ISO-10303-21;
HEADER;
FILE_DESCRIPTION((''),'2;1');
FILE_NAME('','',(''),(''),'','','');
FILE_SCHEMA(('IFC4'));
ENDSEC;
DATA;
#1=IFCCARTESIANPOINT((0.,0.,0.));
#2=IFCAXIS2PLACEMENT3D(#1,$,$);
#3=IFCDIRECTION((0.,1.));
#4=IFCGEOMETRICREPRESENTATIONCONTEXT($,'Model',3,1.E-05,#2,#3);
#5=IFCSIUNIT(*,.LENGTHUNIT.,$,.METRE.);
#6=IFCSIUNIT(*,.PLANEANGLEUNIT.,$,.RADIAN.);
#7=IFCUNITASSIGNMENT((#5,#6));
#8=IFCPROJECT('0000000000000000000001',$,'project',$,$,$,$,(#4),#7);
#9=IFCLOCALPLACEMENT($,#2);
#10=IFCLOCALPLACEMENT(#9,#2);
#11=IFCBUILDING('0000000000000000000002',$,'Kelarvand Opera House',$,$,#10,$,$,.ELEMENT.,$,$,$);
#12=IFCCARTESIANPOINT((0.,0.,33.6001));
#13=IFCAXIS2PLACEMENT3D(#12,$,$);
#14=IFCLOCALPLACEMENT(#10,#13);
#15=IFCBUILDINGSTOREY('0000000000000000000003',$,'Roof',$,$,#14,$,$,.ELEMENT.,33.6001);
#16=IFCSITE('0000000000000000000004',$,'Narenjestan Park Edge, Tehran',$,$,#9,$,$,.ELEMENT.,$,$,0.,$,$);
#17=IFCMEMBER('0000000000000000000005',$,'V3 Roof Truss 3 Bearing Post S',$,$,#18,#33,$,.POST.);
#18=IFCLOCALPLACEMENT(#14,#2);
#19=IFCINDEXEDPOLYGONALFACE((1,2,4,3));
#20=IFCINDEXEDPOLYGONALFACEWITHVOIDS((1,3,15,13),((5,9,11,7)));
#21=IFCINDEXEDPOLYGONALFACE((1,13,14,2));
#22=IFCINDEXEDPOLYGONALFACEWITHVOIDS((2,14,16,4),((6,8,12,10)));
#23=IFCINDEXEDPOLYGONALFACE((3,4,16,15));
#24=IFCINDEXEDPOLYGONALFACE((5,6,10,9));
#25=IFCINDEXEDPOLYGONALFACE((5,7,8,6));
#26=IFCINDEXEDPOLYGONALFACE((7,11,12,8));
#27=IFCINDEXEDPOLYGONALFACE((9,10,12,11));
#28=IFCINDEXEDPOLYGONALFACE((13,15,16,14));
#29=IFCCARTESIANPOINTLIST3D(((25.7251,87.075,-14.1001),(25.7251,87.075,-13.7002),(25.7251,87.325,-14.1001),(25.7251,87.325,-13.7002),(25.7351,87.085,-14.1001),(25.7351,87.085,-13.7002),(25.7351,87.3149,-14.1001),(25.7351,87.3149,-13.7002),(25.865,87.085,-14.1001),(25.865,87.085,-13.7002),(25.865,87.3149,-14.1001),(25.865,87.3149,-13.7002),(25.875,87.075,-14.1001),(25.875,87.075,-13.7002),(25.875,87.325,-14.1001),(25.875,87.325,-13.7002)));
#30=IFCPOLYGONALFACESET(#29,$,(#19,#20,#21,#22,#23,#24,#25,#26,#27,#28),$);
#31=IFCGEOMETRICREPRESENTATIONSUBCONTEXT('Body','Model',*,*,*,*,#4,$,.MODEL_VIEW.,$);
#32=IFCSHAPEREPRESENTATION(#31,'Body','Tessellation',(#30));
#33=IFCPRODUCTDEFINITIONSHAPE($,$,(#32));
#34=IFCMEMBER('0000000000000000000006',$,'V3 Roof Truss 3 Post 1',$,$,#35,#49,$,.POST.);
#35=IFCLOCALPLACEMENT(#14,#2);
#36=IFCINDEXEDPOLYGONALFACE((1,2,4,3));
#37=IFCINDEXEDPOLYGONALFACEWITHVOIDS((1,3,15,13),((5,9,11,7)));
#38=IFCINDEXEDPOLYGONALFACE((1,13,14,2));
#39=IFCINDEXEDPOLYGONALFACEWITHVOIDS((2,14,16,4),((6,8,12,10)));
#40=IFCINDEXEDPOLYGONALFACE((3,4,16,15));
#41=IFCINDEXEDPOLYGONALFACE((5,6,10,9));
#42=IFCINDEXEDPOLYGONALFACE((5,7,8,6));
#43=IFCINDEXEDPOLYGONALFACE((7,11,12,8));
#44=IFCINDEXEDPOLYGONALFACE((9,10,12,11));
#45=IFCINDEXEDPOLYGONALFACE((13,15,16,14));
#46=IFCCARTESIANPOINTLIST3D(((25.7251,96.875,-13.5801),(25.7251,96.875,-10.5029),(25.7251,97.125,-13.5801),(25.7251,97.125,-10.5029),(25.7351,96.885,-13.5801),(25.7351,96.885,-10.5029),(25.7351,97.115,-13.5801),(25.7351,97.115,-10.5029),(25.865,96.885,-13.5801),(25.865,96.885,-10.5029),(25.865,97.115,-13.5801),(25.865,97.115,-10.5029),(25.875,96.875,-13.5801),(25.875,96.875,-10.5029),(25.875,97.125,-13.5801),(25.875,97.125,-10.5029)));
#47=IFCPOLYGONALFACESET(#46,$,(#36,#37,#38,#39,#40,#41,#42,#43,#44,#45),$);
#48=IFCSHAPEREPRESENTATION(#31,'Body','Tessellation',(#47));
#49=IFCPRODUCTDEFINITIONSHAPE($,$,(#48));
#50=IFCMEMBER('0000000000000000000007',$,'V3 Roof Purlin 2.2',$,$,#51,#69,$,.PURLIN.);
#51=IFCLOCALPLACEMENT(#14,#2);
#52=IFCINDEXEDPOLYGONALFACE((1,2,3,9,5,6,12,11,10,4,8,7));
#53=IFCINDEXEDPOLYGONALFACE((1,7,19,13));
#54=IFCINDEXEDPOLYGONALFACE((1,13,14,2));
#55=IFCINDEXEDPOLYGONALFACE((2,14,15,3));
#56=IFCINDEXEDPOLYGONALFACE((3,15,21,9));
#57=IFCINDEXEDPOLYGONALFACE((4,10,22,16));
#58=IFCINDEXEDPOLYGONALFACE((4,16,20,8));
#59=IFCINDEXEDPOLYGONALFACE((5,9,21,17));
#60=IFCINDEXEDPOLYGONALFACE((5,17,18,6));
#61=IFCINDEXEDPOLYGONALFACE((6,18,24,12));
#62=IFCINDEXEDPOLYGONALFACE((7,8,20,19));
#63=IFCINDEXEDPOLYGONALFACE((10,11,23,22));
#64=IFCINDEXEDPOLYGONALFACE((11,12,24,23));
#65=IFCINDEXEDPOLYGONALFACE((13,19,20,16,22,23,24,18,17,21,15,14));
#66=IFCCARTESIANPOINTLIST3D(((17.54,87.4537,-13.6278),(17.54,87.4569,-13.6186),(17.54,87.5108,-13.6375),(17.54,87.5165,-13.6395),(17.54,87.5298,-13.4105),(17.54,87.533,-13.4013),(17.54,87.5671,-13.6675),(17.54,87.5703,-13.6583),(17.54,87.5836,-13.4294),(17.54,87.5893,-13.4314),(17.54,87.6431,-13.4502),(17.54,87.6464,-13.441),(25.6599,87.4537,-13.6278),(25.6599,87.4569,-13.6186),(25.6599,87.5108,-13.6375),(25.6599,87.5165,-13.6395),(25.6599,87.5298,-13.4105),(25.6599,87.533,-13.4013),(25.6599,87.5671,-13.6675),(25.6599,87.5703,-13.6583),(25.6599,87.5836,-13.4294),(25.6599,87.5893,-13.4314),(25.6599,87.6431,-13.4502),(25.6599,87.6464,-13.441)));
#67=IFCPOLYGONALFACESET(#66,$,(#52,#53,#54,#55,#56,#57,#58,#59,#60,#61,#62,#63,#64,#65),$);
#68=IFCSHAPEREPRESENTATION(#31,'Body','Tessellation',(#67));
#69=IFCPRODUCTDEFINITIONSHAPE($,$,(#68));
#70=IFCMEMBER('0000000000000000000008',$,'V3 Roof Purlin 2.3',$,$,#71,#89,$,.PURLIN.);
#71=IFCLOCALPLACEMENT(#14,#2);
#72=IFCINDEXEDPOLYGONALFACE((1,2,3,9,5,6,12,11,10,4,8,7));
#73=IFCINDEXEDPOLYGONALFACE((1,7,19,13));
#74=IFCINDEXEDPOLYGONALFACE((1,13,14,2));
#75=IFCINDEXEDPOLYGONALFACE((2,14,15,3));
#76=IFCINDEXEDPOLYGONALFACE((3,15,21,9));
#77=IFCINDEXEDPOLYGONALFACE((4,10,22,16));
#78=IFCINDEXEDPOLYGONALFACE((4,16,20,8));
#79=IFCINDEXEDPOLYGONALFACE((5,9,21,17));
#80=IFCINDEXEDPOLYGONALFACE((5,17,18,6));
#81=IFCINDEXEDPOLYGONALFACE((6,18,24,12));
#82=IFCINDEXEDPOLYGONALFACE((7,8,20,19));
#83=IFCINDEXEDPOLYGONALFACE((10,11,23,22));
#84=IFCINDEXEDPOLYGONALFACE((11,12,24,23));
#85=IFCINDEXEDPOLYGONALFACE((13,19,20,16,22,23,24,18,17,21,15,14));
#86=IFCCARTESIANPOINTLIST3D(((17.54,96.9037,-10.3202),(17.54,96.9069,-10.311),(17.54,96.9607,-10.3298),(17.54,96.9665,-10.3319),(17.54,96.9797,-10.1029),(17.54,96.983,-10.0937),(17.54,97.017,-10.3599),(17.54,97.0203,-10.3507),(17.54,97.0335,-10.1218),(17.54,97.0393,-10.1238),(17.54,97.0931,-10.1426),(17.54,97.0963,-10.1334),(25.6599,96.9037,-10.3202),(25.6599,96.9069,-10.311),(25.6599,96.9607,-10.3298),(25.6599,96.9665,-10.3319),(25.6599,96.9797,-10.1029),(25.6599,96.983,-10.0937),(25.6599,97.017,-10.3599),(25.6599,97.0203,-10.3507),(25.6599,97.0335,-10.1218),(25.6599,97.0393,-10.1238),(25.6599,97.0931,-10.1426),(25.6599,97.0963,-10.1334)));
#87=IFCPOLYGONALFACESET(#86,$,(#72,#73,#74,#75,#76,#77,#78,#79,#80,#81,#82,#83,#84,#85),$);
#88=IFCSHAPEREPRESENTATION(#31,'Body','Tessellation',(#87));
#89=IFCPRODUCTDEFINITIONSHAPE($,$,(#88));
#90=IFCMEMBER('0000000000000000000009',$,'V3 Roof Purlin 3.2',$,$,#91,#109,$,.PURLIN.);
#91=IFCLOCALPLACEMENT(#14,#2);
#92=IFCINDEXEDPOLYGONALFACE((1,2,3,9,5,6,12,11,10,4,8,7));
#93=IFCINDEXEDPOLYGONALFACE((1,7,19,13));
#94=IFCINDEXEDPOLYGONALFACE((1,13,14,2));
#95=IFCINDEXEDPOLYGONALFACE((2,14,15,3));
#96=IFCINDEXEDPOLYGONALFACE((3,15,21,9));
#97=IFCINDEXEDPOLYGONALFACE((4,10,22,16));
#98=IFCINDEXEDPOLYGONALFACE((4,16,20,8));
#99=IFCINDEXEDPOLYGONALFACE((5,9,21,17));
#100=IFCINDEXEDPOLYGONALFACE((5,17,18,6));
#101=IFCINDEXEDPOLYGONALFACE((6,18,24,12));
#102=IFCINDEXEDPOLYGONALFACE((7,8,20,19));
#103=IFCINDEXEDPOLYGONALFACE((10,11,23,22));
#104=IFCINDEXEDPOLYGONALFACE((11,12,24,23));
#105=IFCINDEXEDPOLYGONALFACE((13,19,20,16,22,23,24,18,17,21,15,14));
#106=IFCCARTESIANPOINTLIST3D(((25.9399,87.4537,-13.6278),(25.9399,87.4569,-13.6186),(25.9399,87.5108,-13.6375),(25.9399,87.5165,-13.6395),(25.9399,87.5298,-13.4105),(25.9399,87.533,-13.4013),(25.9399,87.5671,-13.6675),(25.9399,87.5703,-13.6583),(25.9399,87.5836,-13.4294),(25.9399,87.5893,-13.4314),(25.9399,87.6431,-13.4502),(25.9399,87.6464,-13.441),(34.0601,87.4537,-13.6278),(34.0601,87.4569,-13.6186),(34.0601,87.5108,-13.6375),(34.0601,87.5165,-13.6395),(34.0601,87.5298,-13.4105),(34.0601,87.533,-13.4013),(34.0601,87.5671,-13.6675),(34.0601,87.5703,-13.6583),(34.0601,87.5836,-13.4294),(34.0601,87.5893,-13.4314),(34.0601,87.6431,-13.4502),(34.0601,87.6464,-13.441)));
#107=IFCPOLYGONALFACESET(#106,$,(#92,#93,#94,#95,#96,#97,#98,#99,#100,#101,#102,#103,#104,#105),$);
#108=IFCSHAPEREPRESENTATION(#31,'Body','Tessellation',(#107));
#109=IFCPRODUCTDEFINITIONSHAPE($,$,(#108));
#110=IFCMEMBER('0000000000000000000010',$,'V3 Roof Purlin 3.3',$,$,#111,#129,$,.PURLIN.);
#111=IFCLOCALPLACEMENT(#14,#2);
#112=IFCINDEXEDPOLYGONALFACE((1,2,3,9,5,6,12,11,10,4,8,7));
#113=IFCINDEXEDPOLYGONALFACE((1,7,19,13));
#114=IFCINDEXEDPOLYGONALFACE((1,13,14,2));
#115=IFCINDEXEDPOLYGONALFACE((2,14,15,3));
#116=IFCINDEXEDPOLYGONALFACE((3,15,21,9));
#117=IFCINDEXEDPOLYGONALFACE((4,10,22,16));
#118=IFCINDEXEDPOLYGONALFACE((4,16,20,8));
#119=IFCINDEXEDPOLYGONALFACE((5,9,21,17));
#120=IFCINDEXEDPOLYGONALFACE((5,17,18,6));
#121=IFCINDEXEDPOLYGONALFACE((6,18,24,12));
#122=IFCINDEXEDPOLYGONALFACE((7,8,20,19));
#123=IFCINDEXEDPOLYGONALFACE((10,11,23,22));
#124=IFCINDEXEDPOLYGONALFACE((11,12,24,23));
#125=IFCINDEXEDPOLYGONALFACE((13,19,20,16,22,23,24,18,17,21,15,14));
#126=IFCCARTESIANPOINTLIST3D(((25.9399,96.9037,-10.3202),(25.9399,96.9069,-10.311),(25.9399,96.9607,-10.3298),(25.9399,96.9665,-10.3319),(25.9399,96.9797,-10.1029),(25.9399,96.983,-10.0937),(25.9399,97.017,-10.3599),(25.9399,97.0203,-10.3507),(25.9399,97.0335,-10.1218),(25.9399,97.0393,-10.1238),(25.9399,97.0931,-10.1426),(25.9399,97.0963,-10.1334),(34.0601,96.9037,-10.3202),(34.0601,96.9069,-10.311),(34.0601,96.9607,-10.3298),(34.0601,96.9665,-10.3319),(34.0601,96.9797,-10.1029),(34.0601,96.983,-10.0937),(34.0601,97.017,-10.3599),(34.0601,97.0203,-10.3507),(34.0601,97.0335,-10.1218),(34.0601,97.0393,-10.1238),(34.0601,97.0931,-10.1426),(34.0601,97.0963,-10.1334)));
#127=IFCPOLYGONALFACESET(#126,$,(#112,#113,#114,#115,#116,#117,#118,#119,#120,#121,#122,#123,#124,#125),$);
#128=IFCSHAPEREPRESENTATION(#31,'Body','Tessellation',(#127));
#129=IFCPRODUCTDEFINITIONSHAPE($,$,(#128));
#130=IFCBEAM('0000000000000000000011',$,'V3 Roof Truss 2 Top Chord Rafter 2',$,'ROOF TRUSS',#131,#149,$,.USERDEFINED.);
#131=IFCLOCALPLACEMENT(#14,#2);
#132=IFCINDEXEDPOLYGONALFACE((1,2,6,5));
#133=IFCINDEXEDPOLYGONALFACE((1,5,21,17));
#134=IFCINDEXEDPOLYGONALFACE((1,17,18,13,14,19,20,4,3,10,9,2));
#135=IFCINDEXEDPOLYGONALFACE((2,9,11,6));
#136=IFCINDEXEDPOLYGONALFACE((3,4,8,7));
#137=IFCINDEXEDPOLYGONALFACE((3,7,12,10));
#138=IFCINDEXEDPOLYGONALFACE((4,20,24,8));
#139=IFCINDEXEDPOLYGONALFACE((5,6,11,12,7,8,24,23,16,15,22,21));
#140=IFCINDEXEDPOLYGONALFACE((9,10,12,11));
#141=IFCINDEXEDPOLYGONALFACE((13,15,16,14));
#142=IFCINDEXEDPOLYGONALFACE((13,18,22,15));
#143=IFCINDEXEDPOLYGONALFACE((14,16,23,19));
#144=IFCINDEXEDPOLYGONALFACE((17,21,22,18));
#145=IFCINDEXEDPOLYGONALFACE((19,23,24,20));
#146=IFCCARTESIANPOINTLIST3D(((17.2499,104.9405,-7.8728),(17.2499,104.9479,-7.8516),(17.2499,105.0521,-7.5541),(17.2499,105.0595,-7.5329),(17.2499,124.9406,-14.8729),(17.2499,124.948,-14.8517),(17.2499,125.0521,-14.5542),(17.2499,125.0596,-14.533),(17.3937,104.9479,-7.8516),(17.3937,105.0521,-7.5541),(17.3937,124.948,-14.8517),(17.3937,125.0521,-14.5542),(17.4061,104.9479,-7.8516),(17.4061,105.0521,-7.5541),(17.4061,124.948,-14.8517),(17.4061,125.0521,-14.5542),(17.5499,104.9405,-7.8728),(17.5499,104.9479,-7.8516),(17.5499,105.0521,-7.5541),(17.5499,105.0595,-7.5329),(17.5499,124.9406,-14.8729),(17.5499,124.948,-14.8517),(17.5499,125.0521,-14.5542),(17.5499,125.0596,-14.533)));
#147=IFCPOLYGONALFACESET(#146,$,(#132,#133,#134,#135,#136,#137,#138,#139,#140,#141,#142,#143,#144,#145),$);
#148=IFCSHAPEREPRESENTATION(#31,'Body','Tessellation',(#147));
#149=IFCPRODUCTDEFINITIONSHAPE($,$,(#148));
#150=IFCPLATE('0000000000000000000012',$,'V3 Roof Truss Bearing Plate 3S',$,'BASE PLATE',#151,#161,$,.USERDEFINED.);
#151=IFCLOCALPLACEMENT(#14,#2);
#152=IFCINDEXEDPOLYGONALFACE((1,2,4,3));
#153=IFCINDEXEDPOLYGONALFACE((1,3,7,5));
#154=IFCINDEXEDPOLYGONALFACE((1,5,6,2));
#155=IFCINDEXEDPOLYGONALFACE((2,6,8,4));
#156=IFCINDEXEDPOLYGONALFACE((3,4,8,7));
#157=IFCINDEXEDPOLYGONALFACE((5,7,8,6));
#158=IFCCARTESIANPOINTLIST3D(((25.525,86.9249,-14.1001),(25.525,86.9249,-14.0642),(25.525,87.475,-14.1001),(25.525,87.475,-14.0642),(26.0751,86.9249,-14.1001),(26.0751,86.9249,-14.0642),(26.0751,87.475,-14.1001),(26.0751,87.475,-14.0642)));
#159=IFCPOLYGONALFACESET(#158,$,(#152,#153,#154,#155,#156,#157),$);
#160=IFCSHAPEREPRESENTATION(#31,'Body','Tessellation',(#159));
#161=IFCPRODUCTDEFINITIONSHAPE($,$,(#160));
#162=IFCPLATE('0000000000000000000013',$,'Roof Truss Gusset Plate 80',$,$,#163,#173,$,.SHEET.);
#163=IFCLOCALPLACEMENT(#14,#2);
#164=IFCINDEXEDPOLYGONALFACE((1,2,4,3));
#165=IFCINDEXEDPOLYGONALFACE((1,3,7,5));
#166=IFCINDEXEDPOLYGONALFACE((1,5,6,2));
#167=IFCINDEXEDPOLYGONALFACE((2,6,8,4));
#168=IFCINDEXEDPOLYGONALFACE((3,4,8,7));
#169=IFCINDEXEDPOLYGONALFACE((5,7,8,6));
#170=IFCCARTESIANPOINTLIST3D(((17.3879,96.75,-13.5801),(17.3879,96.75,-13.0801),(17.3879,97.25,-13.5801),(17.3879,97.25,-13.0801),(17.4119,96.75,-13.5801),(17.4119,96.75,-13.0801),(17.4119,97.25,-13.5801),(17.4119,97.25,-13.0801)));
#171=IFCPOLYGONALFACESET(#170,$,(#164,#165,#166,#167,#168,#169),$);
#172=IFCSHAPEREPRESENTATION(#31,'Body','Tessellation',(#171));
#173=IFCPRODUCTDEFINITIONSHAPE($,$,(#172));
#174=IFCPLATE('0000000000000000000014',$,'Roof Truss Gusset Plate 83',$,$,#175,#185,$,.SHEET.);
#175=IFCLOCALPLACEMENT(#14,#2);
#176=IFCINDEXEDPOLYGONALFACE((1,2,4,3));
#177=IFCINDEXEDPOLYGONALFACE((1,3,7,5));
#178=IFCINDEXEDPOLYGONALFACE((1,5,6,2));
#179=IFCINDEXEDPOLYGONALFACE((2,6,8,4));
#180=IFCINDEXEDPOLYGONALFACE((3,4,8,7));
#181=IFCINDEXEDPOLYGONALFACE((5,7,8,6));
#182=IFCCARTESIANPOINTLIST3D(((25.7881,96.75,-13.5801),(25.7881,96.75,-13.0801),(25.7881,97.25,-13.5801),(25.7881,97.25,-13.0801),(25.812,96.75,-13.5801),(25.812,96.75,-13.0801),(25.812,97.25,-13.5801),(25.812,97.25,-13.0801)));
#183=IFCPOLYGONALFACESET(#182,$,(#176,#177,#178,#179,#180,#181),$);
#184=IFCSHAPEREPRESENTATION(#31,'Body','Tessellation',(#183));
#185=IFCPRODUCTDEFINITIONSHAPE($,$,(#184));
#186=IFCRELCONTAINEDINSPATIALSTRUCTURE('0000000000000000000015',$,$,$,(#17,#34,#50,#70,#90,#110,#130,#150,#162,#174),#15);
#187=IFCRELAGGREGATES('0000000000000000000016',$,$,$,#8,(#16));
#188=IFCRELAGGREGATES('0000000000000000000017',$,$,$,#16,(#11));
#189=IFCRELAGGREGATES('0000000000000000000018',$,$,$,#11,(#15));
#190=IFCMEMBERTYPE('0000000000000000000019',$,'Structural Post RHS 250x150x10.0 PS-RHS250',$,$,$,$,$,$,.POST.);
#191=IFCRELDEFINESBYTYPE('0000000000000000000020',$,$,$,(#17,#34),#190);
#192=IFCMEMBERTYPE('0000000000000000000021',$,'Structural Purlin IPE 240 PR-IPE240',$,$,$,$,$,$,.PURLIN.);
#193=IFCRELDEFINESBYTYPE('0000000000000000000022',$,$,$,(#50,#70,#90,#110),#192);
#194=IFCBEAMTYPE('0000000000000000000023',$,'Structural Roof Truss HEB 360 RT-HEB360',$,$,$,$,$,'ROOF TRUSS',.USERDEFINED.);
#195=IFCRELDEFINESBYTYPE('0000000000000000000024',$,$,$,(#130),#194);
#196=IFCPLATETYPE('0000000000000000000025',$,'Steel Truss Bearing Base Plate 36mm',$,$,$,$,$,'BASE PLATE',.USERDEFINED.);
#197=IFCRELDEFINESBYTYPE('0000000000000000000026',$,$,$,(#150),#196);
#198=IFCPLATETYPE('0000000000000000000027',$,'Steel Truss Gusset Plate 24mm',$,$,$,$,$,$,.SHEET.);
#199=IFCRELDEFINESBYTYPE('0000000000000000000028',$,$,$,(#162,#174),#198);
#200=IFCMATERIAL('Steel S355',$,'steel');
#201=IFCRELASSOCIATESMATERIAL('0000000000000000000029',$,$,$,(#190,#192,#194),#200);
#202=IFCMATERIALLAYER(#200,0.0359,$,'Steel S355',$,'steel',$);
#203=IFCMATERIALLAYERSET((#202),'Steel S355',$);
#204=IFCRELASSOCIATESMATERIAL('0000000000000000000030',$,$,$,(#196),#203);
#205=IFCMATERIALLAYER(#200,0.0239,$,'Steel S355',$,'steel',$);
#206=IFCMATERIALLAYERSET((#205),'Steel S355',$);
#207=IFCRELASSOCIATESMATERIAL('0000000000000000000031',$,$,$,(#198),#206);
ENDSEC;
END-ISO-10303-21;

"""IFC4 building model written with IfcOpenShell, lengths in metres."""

from ifc_helpers import new_model, si_unit, direction, frame, origin, origin_2d, place, context, subcontext, project, spatial, rectangle, hollow_rectangle, i_section, extrude, material, layer, layer_set, material_profile, profile_set, type_object, element, save


model = new_model("IFC4")

# Units and contexts
model_context = context("Model", 3, precision=1e-05, world=origin(), true_north=direction((0.0, 1.0)))
body_context = subcontext(model_context, "Body", "Model", "MODEL_VIEW")
ifc_project = project(units=[si_unit("LENGTHUNIT", "METRE"), si_unit("PLANEANGLEUNIT", "RADIAN")], contexts=[model_context])

# Site, building, storey
site_placement = place(None, origin())
site = spatial("IfcSite", under=ifc_project, at=site_placement, Name="Narenjestan Park Edge, Tehran", CompositionType="ELEMENT", RefElevation=0.0)
building_placement = place(site_placement, origin())
building = spatial("IfcBuilding", under=site, at=building_placement, Name="Kelarvand Opera House", CompositionType="ELEMENT")
storey_placement = place(building_placement, frame((0.0, 0.0, 33.6001)))
storey = spatial("IfcBuildingStorey", under=building, at=storey_placement, Name="Roof", CompositionType="ELEMENT", Elevation=33.6001)

# Members
ifc_material = material(Name="Steel S355", Category="steel")
ifc_material_profile_1 = material_profile(ifc_material, hollow_rectangle(XDim=0.1499, YDim=0.25, WallThickness=0.01, at=origin_2d()), Name="RHS 250x150x10.0", Category="steel")
ifc_profile_set_1 = profile_set([ifc_material_profile_1], Name="Steel S355")
member_type_1 = type_object("IfcMemberType", Name="Structural Post RHS 250x150x10.0 PS-RHS250", PredefinedType="POST", material=ifc_profile_set_1)
member_1_placement = place(storey_placement, frame((25.8, 87.2, -14.1001), z_axis=(0.0, 0.0, 1.0), x_axis=(1.0, 0.0, 0.0)))
element("IfcMember", 1, at=member_1_placement, inside=storey, type_object=member_type_1, Name="V3 Roof Truss 3 Bearing Post S", PredefinedType="POST", context=body_context, shape_type="SweptSolid", body=[
    extrude(hollow_rectangle(XDim=0.1499, YDim=0.25, WallThickness=0.01, at=origin_2d()), origin(), (0.0, 0.0, 1.0), 0.3999),
])
member_2_placement = place(storey_placement, frame((25.8, 97.0, -13.5801), z_axis=(0.0, 0.0, 1.0), x_axis=(1.0, 0.0, 0.0)))
element("IfcMember", 2, at=member_2_placement, inside=storey, type_object=member_type_1, Name="V3 Roof Truss 3 Post 1", PredefinedType="POST", context=body_context, shape_type="SweptSolid", body=[
    extrude(hollow_rectangle(XDim=0.1499, YDim=0.25, WallThickness=0.01, at=origin_2d()), origin(), (0.0, 0.0, 1.0), 3.0771),
])
ifc_material_profile_2 = material_profile(ifc_material, i_section(OverallWidth=0.1201, OverallDepth=0.24, WebThickness=0.0061, FlangeThickness=0.0098, at=origin_2d()), Name="IPE 240", Category="steel")
ifc_profile_set_2 = profile_set([ifc_material_profile_2], Name="Steel S355")
member_type_2 = type_object("IfcMemberType", Name="Structural Purlin IPE 240 PR-IPE240", PredefinedType="PURLIN", material=ifc_profile_set_2)
for number, where, z_axis, x_axis, name in (
    (3, (17.54, 87.55, -13.5344), (1.0, 0.0, 0.0), (0.0, 0.943859, -0.33035), "V3 Roof Purlin 2.2"),
    (4, (17.54, 97.0, -10.2268), (1.0, 0.0, 0.0), (0.0, 0.943859, -0.33035), "V3 Roof Purlin 2.3"),
):
    element("IfcMember", number, at=place(storey_placement, frame(where, z_axis=z_axis, x_axis=x_axis)), inside=storey, type_object=member_type_2, Name=name, PredefinedType="PURLIN", context=body_context, shape_type="SweptSolid", body=[
        extrude(i_section(OverallWidth=0.1201, OverallDepth=0.24, WebThickness=0.0061, FlangeThickness=0.0098, at=origin_2d()), origin(), (0.0, 0.0, 1.0), 8.1199),
    ])
for number, where, z_axis, x_axis, name in (
    (5, (25.9399, 87.55, -13.5344), (1.0, 0.0, 0.0), (0.0, 0.943859, -0.33035), "V3 Roof Purlin 3.2"),
    (6, (25.9399, 97.0, -10.2268), (1.0, 0.0, 0.0), (0.0, 0.943859, -0.33035), "V3 Roof Purlin 3.3"),
):
    element("IfcMember", number, at=place(storey_placement, frame(where, z_axis=z_axis, x_axis=x_axis)), inside=storey, type_object=member_type_2, Name=name, PredefinedType="PURLIN", context=body_context, shape_type="SweptSolid", body=[
        extrude(i_section(OverallWidth=0.1201, OverallDepth=0.24, WebThickness=0.0061, FlangeThickness=0.0098, at=origin_2d()), origin(), (0.0, 0.0, 1.0), 8.1201),
    ])

# Beam
ifc_material_profile_3 = material_profile(ifc_material, i_section(OverallWidth=0.3, OverallDepth=0.3601, WebThickness=0.0125, FlangeThickness=0.0225, at=origin_2d()), Name="HEB 360", Category="steel")
ifc_profile_set_3 = profile_set([ifc_material_profile_3], Name="Steel S355")
beam_type = type_object("IfcBeamType", Name="Structural Roof Truss HEB 360 RT-HEB360", ElementType="ROOF TRUSS", PredefinedType="USERDEFINED", material=ifc_profile_set_3)
beam_placement = place(storey_placement, frame((17.3999, 105.0, -7.7029), z_axis=(0.0, 0.943858, -0.33035), x_axis=(-1.0, 0.0, 0.0)))
element("IfcBeam", 7, at=beam_placement, inside=storey, type_object=beam_type, Name="V3 Roof Truss 2 Top Chord Rafter 2", ObjectType="ROOF TRUSS", PredefinedType="USERDEFINED", context=body_context, shape_type="SweptSolid", body=[
    extrude(i_section(OverallWidth=0.3, OverallDepth=0.3601, WebThickness=0.0125, FlangeThickness=0.0225, at=origin_2d()), origin(), (0.0, 0.0, 1.0), 21.1897),
])

# Plates
ifc_layer_1 = layer(ifc_material, 0.0359, Name="Steel S355", Category="steel")
ifc_layer_set_1 = layer_set([ifc_layer_1], Name="Steel S355")
plate_type_1 = type_object("IfcPlateType", Name="Steel Truss Bearing Base Plate 36mm", ElementType="BASE PLATE", PredefinedType="USERDEFINED", material=ifc_layer_set_1)
plate_placement = place(storey_placement, frame((25.8, 87.2, -14.1001), z_axis=(0.0, 0.0, 1.0), x_axis=(1.0, 0.0, 0.0)))
element("IfcPlate", 8, at=plate_placement, inside=storey, type_object=plate_type_1, Name="V3 Roof Truss Bearing Plate 3S", ObjectType="BASE PLATE", PredefinedType="USERDEFINED", context=body_context, shape_type="SweptSolid", body=[
    extrude(rectangle(XDim=0.55, YDim=0.55, at=origin_2d()), origin(), (0.0, 0.0, 1.0), 0.0359),
])
ifc_layer_2 = layer(ifc_material, 0.0239, Name="Steel S355", Category="steel")
ifc_layer_set_2 = layer_set([ifc_layer_2], Name="Steel S355")
plate_type_2 = type_object("IfcPlateType", Name="Steel Truss Gusset Plate 24mm", PredefinedType="SHEET", material=ifc_layer_set_2)
for number, where, z_axis, x_axis, name in (
    (9, (17.3999, 97.0, -13.5801), (0.0, 0.0, 1.0), (1.0, 0.0, 0.0), "Roof Truss Gusset Plate 80"),
    (10, (25.8, 97.0, -13.5801), (0.0, 0.0, 1.0), (1.0, 0.0, 0.0), "Roof Truss Gusset Plate 83"),
):
    element("IfcPlate", number, at=place(storey_placement, frame(where, z_axis=z_axis, x_axis=x_axis)), inside=storey, type_object=plate_type_2, Name=name, PredefinedType="SHEET", context=body_context, shape_type="SweptSolid", body=[
        extrude(rectangle(XDim=0.0239, YDim=0.5, at=origin_2d()), origin(), (0.0, 0.0, 1.0), 0.5),
    ])

save(model, "model.ifc")
